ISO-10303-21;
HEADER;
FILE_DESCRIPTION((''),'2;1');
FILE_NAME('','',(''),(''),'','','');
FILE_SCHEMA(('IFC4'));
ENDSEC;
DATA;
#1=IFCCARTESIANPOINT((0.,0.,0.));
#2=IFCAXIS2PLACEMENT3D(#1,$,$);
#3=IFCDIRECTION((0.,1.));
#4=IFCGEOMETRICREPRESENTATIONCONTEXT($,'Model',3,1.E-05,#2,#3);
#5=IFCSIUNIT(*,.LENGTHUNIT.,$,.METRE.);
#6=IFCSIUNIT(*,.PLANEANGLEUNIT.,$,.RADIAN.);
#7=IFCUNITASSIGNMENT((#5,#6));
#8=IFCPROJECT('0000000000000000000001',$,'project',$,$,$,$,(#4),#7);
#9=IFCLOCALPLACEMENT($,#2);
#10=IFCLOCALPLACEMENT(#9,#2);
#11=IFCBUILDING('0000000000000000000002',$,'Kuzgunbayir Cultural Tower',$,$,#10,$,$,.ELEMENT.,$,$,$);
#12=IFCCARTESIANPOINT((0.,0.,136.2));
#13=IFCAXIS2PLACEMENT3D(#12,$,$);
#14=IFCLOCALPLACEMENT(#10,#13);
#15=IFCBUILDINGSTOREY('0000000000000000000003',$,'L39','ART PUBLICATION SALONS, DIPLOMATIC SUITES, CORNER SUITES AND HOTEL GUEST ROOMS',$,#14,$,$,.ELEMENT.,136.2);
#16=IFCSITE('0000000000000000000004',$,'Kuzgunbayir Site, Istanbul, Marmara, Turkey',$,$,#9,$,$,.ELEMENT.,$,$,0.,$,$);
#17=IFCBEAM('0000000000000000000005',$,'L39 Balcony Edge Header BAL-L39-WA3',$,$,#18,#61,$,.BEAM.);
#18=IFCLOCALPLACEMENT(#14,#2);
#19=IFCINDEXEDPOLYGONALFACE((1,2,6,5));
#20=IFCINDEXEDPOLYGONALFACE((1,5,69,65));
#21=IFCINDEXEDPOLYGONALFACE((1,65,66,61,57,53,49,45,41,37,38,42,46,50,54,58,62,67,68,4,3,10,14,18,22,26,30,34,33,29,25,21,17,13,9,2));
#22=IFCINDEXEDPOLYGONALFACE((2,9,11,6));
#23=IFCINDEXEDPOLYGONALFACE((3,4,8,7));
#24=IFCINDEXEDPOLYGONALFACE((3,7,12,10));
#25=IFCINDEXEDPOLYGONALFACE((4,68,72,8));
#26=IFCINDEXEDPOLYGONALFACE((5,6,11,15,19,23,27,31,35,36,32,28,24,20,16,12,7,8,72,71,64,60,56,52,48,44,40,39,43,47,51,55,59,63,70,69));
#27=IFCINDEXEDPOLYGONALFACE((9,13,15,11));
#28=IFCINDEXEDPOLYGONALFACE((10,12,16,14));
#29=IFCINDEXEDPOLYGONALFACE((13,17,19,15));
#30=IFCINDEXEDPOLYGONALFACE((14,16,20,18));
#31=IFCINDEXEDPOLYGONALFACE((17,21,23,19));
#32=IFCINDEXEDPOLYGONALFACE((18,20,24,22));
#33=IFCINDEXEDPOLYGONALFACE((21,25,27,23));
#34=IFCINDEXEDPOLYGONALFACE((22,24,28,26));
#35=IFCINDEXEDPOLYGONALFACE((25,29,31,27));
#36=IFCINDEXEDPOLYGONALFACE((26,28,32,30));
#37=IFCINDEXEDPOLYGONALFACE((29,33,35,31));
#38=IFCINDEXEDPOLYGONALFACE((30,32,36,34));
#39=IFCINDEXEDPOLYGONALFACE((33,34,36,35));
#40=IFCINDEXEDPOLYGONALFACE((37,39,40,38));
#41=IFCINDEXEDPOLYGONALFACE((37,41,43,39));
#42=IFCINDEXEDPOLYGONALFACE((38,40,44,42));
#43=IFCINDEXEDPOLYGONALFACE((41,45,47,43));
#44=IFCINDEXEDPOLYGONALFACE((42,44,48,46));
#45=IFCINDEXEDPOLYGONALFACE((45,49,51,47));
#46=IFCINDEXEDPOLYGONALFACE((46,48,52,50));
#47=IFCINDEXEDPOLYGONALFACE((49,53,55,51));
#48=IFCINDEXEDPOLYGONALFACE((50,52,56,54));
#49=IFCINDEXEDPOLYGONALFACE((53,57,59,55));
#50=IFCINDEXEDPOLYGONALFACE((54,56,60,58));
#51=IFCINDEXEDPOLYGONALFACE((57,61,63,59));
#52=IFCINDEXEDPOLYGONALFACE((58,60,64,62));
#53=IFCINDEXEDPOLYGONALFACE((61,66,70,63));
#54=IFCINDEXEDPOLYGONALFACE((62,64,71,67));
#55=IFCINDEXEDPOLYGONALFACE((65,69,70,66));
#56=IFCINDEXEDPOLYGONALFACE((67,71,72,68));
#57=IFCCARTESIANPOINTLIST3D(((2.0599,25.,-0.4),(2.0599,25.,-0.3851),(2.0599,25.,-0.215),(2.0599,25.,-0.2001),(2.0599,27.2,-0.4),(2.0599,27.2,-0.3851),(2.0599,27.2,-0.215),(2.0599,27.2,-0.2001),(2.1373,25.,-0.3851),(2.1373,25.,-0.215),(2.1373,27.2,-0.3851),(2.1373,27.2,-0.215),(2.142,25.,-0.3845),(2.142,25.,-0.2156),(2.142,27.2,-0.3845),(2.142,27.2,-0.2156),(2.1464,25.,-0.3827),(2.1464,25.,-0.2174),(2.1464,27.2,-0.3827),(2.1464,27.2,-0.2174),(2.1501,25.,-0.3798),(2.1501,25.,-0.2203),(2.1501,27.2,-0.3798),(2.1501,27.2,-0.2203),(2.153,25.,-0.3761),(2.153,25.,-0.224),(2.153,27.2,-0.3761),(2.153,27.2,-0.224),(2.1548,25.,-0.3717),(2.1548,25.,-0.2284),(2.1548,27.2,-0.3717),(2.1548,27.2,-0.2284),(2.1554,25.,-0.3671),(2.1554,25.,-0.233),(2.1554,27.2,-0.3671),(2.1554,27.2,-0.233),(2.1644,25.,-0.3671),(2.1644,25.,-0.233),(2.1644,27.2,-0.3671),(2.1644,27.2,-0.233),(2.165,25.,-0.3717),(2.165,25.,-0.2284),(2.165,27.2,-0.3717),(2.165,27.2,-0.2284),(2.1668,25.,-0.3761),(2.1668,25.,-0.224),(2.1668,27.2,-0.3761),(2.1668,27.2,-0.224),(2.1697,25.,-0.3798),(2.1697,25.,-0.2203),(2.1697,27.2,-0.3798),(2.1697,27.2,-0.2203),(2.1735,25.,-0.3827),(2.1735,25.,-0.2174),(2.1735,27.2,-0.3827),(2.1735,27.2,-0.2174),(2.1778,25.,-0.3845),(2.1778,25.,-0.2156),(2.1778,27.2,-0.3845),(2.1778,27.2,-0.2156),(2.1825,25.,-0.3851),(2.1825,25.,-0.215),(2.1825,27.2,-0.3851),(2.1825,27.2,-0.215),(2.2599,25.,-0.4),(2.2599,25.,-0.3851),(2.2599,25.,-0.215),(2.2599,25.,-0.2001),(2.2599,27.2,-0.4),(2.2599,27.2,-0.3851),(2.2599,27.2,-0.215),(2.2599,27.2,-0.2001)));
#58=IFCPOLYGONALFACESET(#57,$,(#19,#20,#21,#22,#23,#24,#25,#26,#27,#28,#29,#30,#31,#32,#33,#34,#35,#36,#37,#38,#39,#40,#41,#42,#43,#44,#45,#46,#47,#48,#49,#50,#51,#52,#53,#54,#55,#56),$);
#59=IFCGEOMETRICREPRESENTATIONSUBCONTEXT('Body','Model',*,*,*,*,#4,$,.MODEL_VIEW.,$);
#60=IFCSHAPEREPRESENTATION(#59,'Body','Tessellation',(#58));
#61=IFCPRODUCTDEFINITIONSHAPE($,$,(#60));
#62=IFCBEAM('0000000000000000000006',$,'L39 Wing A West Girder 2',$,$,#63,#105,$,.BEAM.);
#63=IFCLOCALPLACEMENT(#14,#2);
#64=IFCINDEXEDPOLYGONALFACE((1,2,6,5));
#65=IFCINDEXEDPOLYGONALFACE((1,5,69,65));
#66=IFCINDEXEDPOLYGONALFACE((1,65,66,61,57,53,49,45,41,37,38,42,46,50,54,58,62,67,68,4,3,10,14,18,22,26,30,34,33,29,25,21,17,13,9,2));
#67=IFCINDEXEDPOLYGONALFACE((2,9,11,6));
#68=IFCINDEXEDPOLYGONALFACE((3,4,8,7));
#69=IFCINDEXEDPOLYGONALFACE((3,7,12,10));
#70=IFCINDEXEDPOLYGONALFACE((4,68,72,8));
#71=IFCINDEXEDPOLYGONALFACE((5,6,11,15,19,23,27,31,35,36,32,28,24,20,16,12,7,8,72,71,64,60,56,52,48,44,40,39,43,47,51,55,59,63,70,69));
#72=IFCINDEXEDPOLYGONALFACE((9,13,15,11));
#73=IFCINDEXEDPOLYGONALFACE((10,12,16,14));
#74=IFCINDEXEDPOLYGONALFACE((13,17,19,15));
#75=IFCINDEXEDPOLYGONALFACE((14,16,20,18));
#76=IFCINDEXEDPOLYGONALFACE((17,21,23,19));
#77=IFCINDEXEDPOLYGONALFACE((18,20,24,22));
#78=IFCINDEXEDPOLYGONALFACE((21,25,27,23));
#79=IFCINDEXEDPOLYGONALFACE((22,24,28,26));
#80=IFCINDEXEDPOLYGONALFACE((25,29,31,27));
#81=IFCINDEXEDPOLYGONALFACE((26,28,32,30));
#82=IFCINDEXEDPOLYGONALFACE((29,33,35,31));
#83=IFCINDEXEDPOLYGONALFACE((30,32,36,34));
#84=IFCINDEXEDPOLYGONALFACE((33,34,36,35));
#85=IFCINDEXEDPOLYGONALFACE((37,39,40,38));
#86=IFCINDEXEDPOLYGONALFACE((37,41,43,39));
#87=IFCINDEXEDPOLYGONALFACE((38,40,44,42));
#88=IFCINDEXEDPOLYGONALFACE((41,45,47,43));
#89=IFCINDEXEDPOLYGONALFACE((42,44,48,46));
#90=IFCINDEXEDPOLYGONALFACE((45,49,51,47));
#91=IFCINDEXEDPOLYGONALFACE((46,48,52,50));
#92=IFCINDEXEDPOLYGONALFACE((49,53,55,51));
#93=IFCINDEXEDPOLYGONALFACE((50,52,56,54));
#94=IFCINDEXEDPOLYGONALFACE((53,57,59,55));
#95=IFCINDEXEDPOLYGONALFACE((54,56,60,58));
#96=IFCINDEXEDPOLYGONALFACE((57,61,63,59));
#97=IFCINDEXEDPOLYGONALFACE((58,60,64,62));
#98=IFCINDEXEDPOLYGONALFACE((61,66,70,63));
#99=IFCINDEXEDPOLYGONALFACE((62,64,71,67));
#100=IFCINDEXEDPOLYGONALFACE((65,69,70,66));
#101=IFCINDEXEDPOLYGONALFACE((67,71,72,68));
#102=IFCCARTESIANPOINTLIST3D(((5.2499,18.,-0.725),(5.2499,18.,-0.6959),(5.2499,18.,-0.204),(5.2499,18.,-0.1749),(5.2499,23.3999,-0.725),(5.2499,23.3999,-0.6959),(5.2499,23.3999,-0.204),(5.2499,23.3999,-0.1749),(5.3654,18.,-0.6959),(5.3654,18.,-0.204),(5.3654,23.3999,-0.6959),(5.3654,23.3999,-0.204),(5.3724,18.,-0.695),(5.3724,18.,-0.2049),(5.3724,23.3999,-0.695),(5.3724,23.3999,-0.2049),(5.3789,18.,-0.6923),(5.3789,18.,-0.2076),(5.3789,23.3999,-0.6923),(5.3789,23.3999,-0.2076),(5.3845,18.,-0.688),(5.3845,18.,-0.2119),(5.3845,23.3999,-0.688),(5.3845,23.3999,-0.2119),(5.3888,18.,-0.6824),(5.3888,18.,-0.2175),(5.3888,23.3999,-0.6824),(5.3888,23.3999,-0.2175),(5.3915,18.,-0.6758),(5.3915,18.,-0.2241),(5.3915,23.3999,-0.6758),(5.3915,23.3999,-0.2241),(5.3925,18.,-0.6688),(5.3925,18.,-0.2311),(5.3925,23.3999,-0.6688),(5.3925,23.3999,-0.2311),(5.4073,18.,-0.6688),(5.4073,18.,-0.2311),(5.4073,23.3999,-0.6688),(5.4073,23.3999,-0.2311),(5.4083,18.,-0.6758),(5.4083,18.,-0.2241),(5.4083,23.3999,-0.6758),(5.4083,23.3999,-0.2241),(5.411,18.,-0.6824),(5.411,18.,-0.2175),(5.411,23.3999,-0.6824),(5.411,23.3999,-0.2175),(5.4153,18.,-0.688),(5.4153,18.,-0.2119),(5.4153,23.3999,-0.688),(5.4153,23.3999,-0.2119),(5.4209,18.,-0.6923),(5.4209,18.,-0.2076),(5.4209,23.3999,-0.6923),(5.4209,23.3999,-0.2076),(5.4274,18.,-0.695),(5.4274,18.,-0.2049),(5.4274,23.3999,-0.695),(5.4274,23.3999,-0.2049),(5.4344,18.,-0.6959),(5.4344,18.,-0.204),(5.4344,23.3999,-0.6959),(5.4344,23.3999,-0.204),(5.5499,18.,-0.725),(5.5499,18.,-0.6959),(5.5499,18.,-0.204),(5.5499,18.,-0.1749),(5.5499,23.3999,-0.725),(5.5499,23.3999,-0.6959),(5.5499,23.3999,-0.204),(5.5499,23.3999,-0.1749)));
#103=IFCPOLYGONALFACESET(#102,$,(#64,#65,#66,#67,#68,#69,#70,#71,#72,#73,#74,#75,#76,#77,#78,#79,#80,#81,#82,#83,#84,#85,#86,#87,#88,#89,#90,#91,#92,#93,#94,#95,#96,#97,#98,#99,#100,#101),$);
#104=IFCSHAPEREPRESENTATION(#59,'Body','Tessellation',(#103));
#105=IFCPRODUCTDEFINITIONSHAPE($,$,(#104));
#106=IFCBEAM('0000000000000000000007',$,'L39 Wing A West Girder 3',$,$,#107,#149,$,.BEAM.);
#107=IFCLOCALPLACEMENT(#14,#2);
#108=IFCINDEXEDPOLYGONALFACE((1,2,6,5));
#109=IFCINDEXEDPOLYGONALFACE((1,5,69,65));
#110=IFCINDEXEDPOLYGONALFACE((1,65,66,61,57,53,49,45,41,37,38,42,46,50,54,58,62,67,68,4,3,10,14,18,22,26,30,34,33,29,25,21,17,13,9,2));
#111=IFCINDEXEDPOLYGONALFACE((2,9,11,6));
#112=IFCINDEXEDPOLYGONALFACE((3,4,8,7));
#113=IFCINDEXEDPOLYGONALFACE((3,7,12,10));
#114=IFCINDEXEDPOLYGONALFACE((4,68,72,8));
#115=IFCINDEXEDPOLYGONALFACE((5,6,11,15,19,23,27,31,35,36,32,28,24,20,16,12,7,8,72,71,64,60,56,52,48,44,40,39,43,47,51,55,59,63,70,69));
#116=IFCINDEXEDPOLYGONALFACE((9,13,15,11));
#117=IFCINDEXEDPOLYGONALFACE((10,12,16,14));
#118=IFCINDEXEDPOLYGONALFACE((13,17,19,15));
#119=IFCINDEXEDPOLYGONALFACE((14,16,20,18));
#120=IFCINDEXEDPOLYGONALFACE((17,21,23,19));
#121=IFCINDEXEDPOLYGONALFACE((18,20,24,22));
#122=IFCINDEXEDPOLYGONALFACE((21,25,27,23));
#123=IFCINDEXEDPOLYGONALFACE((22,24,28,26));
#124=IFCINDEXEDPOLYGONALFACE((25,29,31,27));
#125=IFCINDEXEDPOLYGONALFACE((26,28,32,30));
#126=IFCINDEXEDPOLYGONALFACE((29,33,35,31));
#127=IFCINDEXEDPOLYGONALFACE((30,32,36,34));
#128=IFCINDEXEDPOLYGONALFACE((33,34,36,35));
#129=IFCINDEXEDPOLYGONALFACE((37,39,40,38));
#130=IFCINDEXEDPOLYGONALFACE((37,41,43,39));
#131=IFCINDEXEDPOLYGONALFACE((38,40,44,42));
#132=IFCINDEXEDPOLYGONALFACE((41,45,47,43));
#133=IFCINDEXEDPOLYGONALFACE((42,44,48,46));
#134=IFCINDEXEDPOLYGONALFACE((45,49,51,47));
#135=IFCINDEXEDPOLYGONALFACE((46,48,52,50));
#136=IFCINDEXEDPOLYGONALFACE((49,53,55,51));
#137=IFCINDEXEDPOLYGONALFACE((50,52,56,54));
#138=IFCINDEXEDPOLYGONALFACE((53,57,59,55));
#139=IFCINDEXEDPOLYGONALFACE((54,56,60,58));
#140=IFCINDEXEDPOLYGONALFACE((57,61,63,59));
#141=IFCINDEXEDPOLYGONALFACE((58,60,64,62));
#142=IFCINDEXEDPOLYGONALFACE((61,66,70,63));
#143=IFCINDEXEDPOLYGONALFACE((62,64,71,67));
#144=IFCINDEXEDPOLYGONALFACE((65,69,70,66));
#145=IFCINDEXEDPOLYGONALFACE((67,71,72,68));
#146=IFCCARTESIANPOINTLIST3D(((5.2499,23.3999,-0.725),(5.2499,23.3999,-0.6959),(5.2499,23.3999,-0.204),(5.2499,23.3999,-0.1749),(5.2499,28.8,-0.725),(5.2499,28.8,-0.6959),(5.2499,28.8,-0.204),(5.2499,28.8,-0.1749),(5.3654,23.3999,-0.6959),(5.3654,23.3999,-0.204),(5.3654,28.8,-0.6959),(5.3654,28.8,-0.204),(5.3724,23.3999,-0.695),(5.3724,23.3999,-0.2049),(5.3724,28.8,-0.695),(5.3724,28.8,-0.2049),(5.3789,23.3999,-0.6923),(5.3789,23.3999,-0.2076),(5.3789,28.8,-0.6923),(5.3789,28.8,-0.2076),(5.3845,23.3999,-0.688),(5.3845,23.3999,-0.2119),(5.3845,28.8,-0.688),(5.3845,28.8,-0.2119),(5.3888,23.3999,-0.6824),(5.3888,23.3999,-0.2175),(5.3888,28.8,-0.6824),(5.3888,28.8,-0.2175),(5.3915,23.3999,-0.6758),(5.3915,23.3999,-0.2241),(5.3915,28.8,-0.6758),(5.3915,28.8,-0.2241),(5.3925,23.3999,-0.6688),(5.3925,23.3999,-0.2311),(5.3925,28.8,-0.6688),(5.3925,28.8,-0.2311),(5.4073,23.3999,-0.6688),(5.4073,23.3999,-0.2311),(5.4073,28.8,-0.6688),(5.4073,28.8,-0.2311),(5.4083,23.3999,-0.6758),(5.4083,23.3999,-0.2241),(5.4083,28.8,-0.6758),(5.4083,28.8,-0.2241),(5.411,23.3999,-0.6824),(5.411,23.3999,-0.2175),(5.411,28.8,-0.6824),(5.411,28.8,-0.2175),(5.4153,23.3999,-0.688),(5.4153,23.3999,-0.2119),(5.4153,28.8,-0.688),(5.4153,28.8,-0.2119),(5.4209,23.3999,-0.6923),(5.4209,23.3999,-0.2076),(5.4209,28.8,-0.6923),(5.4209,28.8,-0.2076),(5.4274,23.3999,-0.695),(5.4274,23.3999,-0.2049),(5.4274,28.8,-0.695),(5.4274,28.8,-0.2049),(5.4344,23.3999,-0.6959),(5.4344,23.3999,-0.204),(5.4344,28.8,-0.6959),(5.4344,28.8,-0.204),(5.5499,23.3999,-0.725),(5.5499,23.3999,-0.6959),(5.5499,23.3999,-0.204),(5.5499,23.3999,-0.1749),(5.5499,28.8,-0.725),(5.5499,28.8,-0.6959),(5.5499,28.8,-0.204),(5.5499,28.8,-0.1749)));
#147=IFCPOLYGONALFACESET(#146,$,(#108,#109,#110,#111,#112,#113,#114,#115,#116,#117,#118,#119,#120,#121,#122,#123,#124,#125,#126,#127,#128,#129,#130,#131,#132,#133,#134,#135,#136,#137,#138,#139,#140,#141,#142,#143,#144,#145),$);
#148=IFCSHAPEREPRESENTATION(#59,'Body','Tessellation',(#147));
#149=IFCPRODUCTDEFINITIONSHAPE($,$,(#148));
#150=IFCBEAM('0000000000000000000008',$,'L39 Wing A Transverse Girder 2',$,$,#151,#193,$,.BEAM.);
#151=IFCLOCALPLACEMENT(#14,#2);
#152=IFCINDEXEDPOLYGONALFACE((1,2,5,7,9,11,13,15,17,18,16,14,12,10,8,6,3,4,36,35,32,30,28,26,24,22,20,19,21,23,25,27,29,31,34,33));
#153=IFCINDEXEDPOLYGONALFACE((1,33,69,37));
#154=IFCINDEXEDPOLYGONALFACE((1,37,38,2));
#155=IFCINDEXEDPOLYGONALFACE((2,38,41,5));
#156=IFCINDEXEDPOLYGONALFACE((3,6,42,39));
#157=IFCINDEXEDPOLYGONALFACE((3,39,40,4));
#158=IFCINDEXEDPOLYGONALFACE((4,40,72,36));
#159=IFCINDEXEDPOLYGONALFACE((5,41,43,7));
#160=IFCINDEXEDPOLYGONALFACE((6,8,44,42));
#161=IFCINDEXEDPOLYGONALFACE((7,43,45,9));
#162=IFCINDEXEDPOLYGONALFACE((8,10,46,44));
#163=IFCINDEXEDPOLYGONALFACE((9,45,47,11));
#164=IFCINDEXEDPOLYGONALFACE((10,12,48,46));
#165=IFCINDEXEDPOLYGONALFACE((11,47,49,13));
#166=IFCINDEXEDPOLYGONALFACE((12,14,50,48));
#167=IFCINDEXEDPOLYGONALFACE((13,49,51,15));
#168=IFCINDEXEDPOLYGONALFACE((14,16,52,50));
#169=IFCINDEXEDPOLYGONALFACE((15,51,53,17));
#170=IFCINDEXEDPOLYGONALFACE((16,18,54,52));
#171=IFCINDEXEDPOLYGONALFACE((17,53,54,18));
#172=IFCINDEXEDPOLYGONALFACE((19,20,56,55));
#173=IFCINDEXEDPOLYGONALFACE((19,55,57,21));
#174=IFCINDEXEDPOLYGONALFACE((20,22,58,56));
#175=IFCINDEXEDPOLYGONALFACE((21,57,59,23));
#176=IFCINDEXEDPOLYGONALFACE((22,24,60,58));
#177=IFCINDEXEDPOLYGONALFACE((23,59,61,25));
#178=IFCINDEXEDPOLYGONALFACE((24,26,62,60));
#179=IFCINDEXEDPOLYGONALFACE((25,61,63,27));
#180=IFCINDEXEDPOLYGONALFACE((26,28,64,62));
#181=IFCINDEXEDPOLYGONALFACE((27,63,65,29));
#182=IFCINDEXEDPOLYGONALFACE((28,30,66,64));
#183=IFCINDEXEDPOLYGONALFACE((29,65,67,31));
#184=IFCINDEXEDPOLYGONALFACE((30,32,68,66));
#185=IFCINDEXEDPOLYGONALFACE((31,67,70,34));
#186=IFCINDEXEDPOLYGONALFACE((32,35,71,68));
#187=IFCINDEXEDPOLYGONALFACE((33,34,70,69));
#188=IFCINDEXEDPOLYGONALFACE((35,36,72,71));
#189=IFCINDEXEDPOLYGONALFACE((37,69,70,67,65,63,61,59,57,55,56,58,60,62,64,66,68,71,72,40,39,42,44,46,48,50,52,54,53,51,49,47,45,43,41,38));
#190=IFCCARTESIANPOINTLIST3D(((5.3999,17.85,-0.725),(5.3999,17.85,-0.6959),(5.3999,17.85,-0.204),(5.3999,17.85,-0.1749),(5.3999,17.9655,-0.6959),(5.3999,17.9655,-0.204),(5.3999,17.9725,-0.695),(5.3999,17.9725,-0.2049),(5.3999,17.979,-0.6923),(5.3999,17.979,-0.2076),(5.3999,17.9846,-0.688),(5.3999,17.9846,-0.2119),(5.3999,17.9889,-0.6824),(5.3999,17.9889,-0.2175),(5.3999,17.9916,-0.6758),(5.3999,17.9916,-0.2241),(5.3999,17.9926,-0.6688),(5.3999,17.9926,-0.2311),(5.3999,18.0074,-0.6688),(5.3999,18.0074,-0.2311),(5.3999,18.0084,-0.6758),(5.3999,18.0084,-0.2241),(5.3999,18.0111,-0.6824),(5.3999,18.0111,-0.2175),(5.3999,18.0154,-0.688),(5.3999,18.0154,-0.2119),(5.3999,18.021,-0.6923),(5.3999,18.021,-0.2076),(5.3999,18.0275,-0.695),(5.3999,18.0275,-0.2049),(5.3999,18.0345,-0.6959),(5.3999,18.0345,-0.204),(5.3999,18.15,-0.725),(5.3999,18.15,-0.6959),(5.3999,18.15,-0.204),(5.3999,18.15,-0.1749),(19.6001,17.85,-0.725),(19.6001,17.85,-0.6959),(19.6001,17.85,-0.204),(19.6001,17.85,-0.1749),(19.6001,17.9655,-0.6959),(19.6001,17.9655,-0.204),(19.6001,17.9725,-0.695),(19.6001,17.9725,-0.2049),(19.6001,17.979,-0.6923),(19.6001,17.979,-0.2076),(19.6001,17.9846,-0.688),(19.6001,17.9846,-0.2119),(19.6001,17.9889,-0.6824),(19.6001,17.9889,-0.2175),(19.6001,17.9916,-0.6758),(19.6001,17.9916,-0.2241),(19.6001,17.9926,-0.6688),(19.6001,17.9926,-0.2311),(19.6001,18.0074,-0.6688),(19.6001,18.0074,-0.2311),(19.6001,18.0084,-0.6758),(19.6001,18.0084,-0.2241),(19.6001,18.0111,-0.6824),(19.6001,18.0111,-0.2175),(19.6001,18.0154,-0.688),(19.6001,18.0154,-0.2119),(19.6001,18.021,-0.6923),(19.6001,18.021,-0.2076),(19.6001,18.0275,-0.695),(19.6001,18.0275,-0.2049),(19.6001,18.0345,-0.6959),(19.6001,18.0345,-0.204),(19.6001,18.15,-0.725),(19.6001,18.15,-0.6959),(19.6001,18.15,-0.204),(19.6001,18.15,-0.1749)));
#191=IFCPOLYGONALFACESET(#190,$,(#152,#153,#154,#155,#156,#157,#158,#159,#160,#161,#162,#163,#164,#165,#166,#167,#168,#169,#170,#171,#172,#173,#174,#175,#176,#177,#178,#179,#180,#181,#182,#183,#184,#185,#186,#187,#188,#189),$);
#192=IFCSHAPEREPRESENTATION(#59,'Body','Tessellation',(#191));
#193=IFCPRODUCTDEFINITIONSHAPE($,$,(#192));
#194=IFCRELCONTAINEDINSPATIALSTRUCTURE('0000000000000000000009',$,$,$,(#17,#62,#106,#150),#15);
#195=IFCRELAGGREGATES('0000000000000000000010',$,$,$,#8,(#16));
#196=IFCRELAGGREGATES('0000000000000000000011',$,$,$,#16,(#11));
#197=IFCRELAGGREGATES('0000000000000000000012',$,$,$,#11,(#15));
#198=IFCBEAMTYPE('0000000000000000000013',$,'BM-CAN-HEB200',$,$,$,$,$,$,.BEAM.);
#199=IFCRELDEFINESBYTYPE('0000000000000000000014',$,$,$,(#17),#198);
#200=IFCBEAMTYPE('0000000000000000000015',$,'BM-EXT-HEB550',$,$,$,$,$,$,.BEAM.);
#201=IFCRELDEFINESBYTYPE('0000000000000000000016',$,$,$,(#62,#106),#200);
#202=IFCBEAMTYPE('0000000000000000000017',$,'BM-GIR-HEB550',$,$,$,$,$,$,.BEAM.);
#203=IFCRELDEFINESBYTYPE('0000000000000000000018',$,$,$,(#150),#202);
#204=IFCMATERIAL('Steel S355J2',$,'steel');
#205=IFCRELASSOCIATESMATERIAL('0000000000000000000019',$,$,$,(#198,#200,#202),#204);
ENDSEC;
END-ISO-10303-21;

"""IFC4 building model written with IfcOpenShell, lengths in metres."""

from ifc_helpers import new_model, si_unit, direction, frame, origin, origin_2d, place, context, subcontext, project, spatial, i_section, extrude, material, material_profile, profile_set, type_object, element, save


model = new_model("IFC4")

# Units and contexts
model_context = context("Model", 3, precision=1e-05, world=origin(), true_north=direction((0.0, 1.0)))
body_context = subcontext(model_context, "Body", "Model", "MODEL_VIEW")
ifc_project = project(units=[si_unit("LENGTHUNIT", "METRE"), si_unit("PLANEANGLEUNIT", "RADIAN")], contexts=[model_context])

# Site, building, storey
site_placement = place(None, origin())
site = spatial("IfcSite", under=ifc_project, at=site_placement, Name="Kuzgunbayir Site, Istanbul, Marmara, Turkey", CompositionType="ELEMENT", RefElevation=0.0)
building_placement = place(site_placement, origin())
building = spatial("IfcBuilding", under=site, at=building_placement, Name="Kuzgunbayir Cultural Tower", CompositionType="ELEMENT")
storey_placement = place(building_placement, frame((0.0, 0.0, 136.2)))
storey = spatial("IfcBuildingStorey", under=building, at=storey_placement, Name="L39", Description="ART PUBLICATION SALONS, DIPLOMATIC SUITES, CORNER SUITES AND HOTEL GUEST ROOMS", CompositionType="ELEMENT", Elevation=136.2)

# Beams
ifc_material_1 = material(Name="Steel S355J2", Category="steel")
ifc_material_profile_1 = material_profile(ifc_material_1, i_section(OverallWidth=0.2, OverallDepth=0.2, WebThickness=0.009, FlangeThickness=0.0149, FilletRadius=0.0181, at=origin_2d()), Name="HEB 200")
ifc_profile_set_1 = profile_set([ifc_material_profile_1], Name="Steel S355J2")
beam_type_1 = type_object("IfcBeamType", Name="BM-CAN-HEB200", PredefinedType="BEAM", material=ifc_profile_set_1)
beam_1_placement = place(storey_placement, frame((2.1599, 25.0, -0.3), z_axis=(0.0, 1.0, 0.0), x_axis=(-1.0, 0.0, 0.0)))
element("IfcBeam", 1, at=beam_1_placement, inside=storey, type_object=beam_type_1, Name="L39 Balcony Edge Header BAL-L39-WA3", PredefinedType="BEAM", context=body_context, shape_type="SweptSolid", body=[
    extrude(i_section(OverallWidth=0.2, OverallDepth=0.2, WebThickness=0.009, FlangeThickness=0.0149, FilletRadius=0.0181, at=origin_2d()), origin(), (0.0, 0.0, 1.0), 2.2),
])
ifc_material_profile_2 = material_profile(ifc_material_1, i_section(OverallWidth=0.3, OverallDepth=0.55, WebThickness=0.0149, FlangeThickness=0.0291, FilletRadius=0.0271, at=origin_2d()), Name="HEB 550")
ifc_profile_set_2 = profile_set([ifc_material_profile_2], Name="Steel S355J2")
beam_type_2 = type_object("IfcBeamType", Name="BM-EXT-HEB550", PredefinedType="BEAM", material=ifc_profile_set_2)
beam_2_placement = place(storey_placement, frame((5.3999, 18.0, -0.45), z_axis=(0.0, 1.0, 0.0), x_axis=(-1.0, 0.0, 0.0)))
element("IfcBeam", 2, at=beam_2_placement, inside=storey, type_object=beam_type_2, Name="L39 Wing A West Girder 2", PredefinedType="BEAM", context=body_context, shape_type="SweptSolid", body=[
    extrude(i_section(OverallWidth=0.3, OverallDepth=0.55, WebThickness=0.0149, FlangeThickness=0.0291, FilletRadius=0.0271, at=origin_2d()), origin(), (0.0, 0.0, 1.0), 5.3999),
])
beam_3_placement = place(storey_placement, frame((5.3999, 23.3999, -0.45), z_axis=(0.0, 1.0, 0.0), x_axis=(-1.0, 0.0, 0.0)))
element("IfcBeam", 3, at=beam_3_placement, inside=storey, type_object=beam_type_2, Name="L39 Wing A West Girder 3", PredefinedType="BEAM", context=body_context, shape_type="SweptSolid", body=[
    extrude(i_section(OverallWidth=0.3, OverallDepth=0.55, WebThickness=0.0149, FlangeThickness=0.0291, FilletRadius=0.0271, at=origin_2d()), origin(), (0.0, 0.0, 1.0), 5.4001),
])
ifc_material_profile_3 = material_profile(ifc_material_1, i_section(OverallWidth=0.3, OverallDepth=0.55, WebThickness=0.0149, FlangeThickness=0.0291, FilletRadius=0.0271, at=origin_2d()), Name="HEB 550")
ifc_profile_set_3 = profile_set([ifc_material_profile_3], Name="Steel S355J2")
beam_type_3 = type_object("IfcBeamType", Name="BM-GIR-HEB550", PredefinedType="BEAM", material=ifc_profile_set_3)
for number, where, z_axis, x_axis, name in (
    (4, (5.3999, 18.0, -0.45), (1.0, 0.0, 0.0), (0.0, 1.0, 0.0), "L39 Wing A Transverse Girder 2"),
):
    element("IfcBeam", number, at=place(storey_placement, frame(where, z_axis=z_axis, x_axis=x_axis)), inside=storey, type_object=beam_type_3, Name=name, PredefinedType="BEAM", context=body_context, shape_type="SweptSolid", body=[
        extrude(i_section(OverallWidth=0.3, OverallDepth=0.55, WebThickness=0.0149, FlangeThickness=0.0291, FilletRadius=0.0271, at=origin_2d()), origin(), (0.0, 0.0, 1.0), 14.2002),
    ])

save(model, "model.ifc")
